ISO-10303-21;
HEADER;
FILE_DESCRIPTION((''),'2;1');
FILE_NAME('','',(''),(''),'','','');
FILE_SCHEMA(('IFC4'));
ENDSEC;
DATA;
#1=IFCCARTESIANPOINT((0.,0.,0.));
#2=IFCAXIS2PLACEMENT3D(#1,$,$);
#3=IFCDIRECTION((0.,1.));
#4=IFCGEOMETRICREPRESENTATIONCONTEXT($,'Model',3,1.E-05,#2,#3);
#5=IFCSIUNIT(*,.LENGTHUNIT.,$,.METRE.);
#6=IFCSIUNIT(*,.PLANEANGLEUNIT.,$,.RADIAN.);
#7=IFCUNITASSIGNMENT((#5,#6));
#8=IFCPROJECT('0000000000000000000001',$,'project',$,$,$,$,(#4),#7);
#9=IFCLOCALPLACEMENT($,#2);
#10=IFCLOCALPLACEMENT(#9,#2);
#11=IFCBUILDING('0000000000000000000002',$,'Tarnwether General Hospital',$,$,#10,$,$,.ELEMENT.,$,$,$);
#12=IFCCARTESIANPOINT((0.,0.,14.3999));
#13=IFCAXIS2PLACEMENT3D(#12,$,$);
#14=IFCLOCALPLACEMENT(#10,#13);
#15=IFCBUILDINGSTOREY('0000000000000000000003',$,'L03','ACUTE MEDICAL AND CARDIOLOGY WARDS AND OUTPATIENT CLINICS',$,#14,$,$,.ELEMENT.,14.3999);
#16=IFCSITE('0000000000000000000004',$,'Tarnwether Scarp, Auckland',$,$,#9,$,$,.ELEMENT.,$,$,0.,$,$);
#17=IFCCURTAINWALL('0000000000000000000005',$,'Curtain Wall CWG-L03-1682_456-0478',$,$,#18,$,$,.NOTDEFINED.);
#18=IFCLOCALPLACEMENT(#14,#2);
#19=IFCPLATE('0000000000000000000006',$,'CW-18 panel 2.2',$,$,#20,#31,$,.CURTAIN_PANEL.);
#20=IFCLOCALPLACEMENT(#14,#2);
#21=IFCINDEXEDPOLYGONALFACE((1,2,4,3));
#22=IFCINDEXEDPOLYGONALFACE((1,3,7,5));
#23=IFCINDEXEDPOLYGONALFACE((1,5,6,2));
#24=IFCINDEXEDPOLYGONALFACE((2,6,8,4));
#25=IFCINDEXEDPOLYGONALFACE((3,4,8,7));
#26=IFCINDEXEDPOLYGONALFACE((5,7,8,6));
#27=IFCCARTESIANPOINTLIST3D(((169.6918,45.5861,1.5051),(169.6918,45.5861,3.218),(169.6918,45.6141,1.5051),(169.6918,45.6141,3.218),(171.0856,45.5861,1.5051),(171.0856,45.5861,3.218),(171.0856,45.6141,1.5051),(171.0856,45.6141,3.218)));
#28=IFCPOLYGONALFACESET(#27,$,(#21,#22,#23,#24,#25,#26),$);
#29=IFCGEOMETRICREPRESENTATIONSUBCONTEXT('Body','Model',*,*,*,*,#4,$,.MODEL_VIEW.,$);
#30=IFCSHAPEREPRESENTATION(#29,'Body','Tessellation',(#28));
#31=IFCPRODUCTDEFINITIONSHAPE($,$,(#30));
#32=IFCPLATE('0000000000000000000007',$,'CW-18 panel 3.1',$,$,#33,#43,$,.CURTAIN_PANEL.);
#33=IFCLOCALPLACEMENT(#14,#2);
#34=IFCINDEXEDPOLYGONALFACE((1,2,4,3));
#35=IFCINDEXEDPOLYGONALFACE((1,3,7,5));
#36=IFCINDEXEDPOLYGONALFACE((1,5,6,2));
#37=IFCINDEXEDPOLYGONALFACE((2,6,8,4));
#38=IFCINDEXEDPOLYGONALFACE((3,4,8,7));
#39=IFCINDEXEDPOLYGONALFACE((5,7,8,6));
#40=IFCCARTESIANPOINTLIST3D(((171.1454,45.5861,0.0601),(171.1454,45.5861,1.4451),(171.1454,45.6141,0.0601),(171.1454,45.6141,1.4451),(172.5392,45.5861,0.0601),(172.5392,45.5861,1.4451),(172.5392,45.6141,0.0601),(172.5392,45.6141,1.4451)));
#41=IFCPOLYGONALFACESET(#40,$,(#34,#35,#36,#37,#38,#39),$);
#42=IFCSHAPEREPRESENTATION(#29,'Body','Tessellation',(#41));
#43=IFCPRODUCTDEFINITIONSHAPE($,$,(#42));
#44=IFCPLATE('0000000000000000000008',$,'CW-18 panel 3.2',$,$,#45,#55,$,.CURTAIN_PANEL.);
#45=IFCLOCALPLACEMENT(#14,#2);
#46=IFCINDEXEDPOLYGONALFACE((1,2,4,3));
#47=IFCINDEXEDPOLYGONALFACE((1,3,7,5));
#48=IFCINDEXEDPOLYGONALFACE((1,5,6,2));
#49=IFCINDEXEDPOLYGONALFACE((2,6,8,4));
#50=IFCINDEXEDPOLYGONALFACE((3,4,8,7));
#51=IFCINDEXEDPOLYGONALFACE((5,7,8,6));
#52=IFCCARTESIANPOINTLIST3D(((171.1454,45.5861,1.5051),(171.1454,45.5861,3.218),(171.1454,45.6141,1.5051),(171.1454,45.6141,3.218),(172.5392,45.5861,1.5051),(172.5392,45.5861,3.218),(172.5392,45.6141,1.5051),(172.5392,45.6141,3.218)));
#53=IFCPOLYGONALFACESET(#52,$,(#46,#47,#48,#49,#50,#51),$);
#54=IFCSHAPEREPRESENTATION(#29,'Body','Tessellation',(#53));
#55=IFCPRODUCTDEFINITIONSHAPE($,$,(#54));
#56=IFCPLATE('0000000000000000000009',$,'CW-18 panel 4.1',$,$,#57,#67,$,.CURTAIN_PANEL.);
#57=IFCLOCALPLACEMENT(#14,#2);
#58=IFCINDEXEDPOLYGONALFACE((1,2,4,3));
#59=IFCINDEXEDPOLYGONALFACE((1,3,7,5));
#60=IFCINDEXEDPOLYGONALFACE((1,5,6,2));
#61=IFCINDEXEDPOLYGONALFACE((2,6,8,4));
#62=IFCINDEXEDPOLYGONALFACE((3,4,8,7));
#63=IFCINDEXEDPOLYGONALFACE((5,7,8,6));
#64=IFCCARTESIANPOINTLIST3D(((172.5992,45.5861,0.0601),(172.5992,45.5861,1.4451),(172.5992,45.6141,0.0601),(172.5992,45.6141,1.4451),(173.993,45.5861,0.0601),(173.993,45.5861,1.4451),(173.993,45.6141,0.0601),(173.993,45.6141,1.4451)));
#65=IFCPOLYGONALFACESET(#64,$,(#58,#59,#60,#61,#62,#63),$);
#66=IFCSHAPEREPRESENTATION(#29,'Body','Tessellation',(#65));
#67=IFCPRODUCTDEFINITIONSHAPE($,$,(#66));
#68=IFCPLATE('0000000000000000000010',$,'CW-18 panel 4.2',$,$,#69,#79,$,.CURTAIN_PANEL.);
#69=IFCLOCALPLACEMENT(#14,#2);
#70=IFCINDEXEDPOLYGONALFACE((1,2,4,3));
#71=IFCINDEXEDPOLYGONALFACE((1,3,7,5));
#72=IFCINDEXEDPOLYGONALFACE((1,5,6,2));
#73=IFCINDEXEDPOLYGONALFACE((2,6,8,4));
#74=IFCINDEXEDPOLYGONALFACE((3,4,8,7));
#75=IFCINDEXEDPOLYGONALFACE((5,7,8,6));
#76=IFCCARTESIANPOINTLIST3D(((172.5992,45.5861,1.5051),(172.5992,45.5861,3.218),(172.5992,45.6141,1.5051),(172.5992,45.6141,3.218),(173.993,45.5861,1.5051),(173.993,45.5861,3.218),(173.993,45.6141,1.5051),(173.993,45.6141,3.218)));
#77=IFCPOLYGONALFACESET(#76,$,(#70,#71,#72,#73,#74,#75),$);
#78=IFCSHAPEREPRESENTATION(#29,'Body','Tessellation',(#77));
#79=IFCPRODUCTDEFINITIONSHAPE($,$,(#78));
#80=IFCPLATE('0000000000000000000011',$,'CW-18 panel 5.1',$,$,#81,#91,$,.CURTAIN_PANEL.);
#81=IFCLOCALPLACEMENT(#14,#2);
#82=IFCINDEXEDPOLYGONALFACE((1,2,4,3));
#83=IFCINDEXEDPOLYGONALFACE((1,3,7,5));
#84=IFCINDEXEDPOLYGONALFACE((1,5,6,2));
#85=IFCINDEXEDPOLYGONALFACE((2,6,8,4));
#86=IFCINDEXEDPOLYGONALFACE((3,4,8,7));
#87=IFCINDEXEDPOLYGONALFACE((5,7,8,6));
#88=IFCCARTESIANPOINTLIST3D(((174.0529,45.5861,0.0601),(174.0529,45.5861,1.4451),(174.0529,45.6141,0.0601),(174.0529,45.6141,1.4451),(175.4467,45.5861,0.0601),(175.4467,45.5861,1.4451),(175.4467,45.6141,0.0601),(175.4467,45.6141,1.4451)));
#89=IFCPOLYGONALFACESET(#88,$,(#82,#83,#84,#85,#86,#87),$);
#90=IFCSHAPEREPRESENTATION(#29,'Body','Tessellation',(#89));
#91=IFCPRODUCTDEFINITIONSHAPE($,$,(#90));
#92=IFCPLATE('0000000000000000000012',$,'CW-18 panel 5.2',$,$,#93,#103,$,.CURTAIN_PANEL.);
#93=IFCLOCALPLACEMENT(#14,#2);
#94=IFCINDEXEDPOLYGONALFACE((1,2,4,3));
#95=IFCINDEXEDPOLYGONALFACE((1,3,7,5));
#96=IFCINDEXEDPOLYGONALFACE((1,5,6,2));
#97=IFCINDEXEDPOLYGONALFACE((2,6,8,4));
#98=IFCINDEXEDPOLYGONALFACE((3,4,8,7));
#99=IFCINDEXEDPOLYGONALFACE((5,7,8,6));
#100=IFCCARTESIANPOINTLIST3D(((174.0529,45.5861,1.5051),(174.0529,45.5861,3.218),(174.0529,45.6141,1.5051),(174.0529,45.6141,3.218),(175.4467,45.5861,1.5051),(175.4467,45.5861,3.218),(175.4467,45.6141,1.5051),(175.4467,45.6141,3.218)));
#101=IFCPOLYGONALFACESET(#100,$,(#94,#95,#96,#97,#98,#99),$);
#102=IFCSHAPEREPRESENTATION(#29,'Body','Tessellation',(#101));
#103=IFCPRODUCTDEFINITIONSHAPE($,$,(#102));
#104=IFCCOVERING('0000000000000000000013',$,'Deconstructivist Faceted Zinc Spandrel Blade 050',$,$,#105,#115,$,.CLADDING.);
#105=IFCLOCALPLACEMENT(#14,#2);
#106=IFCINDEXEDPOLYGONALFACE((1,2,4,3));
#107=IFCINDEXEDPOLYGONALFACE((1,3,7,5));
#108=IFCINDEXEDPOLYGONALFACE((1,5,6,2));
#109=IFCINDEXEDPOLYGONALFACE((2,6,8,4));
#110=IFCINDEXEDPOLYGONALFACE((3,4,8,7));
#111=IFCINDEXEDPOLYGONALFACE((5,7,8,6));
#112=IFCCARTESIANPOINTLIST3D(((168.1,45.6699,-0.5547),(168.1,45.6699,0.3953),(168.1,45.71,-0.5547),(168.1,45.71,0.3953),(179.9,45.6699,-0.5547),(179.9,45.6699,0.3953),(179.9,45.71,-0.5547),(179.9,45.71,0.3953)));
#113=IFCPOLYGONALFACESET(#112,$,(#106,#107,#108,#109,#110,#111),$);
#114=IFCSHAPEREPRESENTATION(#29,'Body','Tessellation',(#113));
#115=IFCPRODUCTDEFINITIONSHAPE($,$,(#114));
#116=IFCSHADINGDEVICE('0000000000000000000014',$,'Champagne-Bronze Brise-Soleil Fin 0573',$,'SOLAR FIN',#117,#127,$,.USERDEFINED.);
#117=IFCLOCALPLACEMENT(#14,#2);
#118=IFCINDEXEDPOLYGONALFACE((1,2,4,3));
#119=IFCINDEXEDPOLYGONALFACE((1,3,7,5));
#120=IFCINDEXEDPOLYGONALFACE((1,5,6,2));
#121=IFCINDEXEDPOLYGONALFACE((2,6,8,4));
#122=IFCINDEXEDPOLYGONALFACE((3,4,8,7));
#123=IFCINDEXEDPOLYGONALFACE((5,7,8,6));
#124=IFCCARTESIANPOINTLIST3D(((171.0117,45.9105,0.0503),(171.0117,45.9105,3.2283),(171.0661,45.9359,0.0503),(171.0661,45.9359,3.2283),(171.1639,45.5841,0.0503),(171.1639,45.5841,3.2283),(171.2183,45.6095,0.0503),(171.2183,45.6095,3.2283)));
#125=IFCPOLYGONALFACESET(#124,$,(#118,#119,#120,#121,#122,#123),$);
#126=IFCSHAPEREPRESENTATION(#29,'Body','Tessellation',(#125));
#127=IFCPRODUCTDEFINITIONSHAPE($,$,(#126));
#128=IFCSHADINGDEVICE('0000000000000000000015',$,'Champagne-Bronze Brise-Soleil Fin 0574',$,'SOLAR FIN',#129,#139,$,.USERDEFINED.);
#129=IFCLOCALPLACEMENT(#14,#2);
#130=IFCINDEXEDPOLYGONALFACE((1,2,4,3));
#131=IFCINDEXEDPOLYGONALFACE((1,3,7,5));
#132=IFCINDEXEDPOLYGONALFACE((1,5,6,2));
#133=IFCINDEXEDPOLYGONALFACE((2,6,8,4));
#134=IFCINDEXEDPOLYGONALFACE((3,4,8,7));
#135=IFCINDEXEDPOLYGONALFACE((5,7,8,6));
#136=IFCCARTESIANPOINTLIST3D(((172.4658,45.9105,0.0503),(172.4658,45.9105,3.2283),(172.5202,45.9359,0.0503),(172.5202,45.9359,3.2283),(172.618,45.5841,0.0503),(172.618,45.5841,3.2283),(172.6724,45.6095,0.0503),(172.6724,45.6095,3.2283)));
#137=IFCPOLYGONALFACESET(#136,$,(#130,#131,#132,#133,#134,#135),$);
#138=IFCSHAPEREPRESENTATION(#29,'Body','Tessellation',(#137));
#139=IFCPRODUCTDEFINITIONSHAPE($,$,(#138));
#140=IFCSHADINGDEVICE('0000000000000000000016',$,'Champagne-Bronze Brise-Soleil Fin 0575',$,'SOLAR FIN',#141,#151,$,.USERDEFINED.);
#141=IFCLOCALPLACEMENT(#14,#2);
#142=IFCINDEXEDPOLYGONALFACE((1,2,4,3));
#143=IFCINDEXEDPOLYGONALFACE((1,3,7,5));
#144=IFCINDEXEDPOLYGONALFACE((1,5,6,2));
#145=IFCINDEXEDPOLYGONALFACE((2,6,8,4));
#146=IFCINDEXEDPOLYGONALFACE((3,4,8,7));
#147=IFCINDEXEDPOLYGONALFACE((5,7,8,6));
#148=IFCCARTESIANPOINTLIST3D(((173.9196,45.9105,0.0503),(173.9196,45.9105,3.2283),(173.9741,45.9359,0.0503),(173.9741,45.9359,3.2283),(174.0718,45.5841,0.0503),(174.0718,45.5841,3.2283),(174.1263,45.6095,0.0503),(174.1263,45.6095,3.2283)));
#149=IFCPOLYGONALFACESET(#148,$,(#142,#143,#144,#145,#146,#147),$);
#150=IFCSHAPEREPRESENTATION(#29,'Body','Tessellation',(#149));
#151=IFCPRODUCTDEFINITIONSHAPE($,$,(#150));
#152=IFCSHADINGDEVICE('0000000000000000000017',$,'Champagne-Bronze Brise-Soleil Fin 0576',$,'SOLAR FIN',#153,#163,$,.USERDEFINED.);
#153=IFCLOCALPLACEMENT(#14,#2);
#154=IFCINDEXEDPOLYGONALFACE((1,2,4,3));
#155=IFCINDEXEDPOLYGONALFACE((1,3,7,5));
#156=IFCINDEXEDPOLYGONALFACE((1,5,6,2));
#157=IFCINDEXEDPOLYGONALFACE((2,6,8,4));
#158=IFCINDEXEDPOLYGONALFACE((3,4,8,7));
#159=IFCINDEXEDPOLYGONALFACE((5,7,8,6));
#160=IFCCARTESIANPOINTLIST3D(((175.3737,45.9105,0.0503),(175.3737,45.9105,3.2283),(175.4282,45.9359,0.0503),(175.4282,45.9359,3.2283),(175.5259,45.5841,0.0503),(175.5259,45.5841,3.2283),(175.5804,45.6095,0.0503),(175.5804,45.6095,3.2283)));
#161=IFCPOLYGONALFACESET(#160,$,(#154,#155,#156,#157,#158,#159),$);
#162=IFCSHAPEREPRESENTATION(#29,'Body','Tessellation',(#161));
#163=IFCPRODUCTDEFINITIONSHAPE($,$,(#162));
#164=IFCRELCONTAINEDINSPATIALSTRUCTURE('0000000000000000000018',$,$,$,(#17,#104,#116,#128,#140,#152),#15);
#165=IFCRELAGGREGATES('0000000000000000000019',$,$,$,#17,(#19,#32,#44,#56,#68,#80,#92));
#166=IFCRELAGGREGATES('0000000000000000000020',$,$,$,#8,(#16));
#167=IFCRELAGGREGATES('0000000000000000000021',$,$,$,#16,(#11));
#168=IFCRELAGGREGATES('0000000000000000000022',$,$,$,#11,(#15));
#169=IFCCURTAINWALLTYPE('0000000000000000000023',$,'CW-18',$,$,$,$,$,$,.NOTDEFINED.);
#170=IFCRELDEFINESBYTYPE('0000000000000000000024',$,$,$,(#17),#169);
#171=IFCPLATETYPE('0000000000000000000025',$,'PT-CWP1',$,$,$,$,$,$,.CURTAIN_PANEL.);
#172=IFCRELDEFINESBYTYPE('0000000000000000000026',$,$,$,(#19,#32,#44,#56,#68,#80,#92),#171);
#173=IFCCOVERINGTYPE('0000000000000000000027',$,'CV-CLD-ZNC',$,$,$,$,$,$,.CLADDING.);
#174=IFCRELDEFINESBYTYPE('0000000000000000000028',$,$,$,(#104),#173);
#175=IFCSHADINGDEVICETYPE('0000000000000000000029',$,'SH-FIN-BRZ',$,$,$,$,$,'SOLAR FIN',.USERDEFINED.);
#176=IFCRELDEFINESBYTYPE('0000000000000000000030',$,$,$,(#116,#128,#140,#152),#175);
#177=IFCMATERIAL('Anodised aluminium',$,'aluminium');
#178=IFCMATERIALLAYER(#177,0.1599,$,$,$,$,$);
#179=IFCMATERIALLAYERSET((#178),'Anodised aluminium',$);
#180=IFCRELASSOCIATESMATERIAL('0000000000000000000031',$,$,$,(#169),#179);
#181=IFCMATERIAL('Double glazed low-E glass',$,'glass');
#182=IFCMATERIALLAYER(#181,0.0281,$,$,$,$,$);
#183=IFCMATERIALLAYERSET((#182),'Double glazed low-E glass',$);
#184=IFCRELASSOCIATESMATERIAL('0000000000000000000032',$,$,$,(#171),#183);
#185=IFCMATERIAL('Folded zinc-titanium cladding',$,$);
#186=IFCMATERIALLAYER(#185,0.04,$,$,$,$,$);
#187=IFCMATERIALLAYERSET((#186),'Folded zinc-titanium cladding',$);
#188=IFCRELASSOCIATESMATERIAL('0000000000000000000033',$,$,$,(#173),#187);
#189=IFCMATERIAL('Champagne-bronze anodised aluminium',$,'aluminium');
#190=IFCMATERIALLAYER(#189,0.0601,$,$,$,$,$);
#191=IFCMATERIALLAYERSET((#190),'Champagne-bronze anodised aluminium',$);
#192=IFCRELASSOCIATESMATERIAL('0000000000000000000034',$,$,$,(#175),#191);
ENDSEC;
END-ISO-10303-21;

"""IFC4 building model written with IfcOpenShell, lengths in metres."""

from ifc_helpers import new_model, si_unit, direction, frame, origin, origin_2d, place, context, subcontext, project, spatial, rectangle, extrude, material, layer, layer_set, type_object, element, aggregate, save


model = new_model("IFC4")

# Units and contexts
model_context = context("Model", 3, precision=1e-05, world=origin(), true_north=direction((0.0, 1.0)))
body_context = subcontext(model_context, "Body", "Model", "MODEL_VIEW")
ifc_project = project(units=[si_unit("LENGTHUNIT", "METRE"), si_unit("PLANEANGLEUNIT", "RADIAN")], contexts=[model_context])

# Site, building, storey
site_placement = place(None, origin())
site = spatial("IfcSite", under=ifc_project, at=site_placement, Name="Tarnwether Scarp, Auckland", CompositionType="ELEMENT", RefElevation=0.0)
building_placement = place(site_placement, origin())
building = spatial("IfcBuilding", under=site, at=building_placement, Name="Tarnwether General Hospital", CompositionType="ELEMENT")
storey_placement = place(building_placement, frame((0.0, 0.0, 14.3999)))
storey = spatial("IfcBuildingStorey", under=building, at=storey_placement, Name="L03", Description="ACUTE MEDICAL AND CARDIOLOGY WARDS AND OUTPATIENT CLINICS", CompositionType="ELEMENT", Elevation=14.3999)

# Curtain wall, plates
ifc_material_1 = material(Name="Anodised aluminium", Category="aluminium")
ifc_layer_1 = layer(ifc_material_1, 0.1599)
ifc_layer_set_1 = layer_set([ifc_layer_1], Name="Anodised aluminium")
curtain_wall_type = type_object("IfcCurtainWallType", Name="CW-18", PredefinedType="NOTDEFINED", material=ifc_layer_set_1)
curtain_wall_placement = place(storey_placement, origin())
curtain_wall = element("IfcCurtainWall", 1, at=curtain_wall_placement, inside=storey, type_object=curtain_wall_type, Name="Curtain Wall CWG-L03-1682_456-0478", PredefinedType="NOTDEFINED")
ifc_material_2 = material(Name="Double glazed low-E glass", Category="glass")
ifc_layer_2 = layer(ifc_material_2, 0.0281)
ifc_layer_set_2 = layer_set([ifc_layer_2], Name="Double glazed low-E glass")
plate_type = type_object("IfcPlateType", Name="PT-CWP1", PredefinedType="CURTAIN_PANEL", material=ifc_layer_set_2)
plate_1_placement = place(storey_placement, frame((170.3887, 45.6001, 1.5051), z_axis=(0.0, 0.0, 1.0), x_axis=(1.0, 0.0, 0.0)))
plate_1 = element("IfcPlate", 2, at=plate_1_placement, type_object=plate_type, Name="CW-18 panel 2.2", PredefinedType="CURTAIN_PANEL", context=body_context, shape_type="SweptSolid", body=[
    extrude(rectangle(XDim=1.3938, YDim=0.0281, at=origin_2d()), origin(), (0.0, 0.0, 1.0), 1.7129),
])
plate_2_placement = place(storey_placement, frame((171.8423, 45.6001, 0.0601), z_axis=(0.0, 0.0, 1.0), x_axis=(1.0, 0.0, 0.0)))
plate_2 = element("IfcPlate", 3, at=plate_2_placement, type_object=plate_type, Name="CW-18 panel 3.1", PredefinedType="CURTAIN_PANEL", context=body_context, shape_type="SweptSolid", body=[
    extrude(rectangle(XDim=1.3938, YDim=0.0281, at=origin_2d()), origin(), (0.0, 0.0, 1.0), 1.385),
])
plate_3_placement = place(storey_placement, frame((171.8423, 45.6001, 1.5051), z_axis=(0.0, 0.0, 1.0), x_axis=(1.0, 0.0, 0.0)))
plate_3 = element("IfcPlate", 4, at=plate_3_placement, type_object=plate_type, Name="CW-18 panel 3.2", PredefinedType="CURTAIN_PANEL", context=body_context, shape_type="SweptSolid", body=[
    extrude(rectangle(XDim=1.3938, YDim=0.0281, at=origin_2d()), origin(), (0.0, 0.0, 1.0), 1.7129),
])
plate_4_placement = place(storey_placement, frame((173.2961, 45.6001, 0.0601), z_axis=(0.0, 0.0, 1.0), x_axis=(1.0, 0.0, 0.0)))
plate_4 = element("IfcPlate", 5, at=plate_4_placement, type_object=plate_type, Name="CW-18 panel 4.1", PredefinedType="CURTAIN_PANEL", context=body_context, shape_type="SweptSolid", body=[
    extrude(rectangle(XDim=1.3938, YDim=0.0281, at=origin_2d()), origin(), (0.0, 0.0, 1.0), 1.385),
])
plate_5_placement = place(storey_placement, frame((173.2961, 45.6001, 1.5051), z_axis=(0.0, 0.0, 1.0), x_axis=(1.0, 0.0, 0.0)))
plate_5 = element("IfcPlate", 6, at=plate_5_placement, type_object=plate_type, Name="CW-18 panel 4.2", PredefinedType="CURTAIN_PANEL", context=body_context, shape_type="SweptSolid", body=[
    extrude(rectangle(XDim=1.3938, YDim=0.0281, at=origin_2d()), origin(), (0.0, 0.0, 1.0), 1.7129),
])
plate_6_placement = place(storey_placement, frame((174.7498, 45.6001, 0.0601), z_axis=(0.0, 0.0, 1.0), x_axis=(1.0, 0.0, 0.0)))
plate_6 = element("IfcPlate", 7, at=plate_6_placement, type_object=plate_type, Name="CW-18 panel 5.1", PredefinedType="CURTAIN_PANEL", context=body_context, shape_type="SweptSolid", body=[
    extrude(rectangle(XDim=1.3938, YDim=0.0281, at=origin_2d()), origin(), (0.0, 0.0, 1.0), 1.385),
])
plate_7_placement = place(storey_placement, frame((174.7498, 45.6001, 1.5051), z_axis=(0.0, 0.0, 1.0), x_axis=(1.0, 0.0, 0.0)))
plate_7 = element("IfcPlate", 8, at=plate_7_placement, type_object=plate_type, Name="CW-18 panel 5.2", PredefinedType="CURTAIN_PANEL", context=body_context, shape_type="SweptSolid", body=[
    extrude(rectangle(XDim=1.3938, YDim=0.0281, at=origin_2d()), origin(), (0.0, 0.0, 1.0), 1.7129),
])
aggregate(curtain_wall, [plate_1, plate_2, plate_3, plate_4, plate_5, plate_6, plate_7])

# Covering
ifc_material_3 = material(Name="Folded zinc-titanium cladding")
ifc_layer_3 = layer(ifc_material_3, 0.04)
ifc_layer_set_3 = layer_set([ifc_layer_3], Name="Folded zinc-titanium cladding")
covering_type = type_object("IfcCoveringType", Name="CV-CLD-ZNC", PredefinedType="CLADDING", material=ifc_layer_set_3)
covering_placement = place(storey_placement, frame((174.0, 45.6899, -0.5547), z_axis=(0.0, 0.0, 1.0), x_axis=(1.0, 0.0, 0.0)))
element("IfcCovering", 9, at=covering_placement, inside=storey, type_object=covering_type, Name="Deconstructivist Faceted Zinc Spandrel Blade 050", PredefinedType="CLADDING", context=body_context, shape_type="SweptSolid", body=[
    extrude(rectangle(XDim=11.8, YDim=0.04, at=origin_2d()), origin(), (0.0, 0.0, 1.0), 0.95),
])

# Shading devices
ifc_material_4 = material(Name="Champagne-bronze anodised aluminium", Category="aluminium")
ifc_layer_4 = layer(ifc_material_4, 0.0601)
ifc_layer_set_4 = layer_set([ifc_layer_4], Name="Champagne-bronze anodised aluminium")
shading_device_type = type_object("IfcShadingDeviceType", Name="SH-FIN-BRZ", ElementType="SOLAR FIN", PredefinedType="USERDEFINED", material=ifc_layer_set_4)
for number, where, z_axis, x_axis, name in (
    (10, (171.115, 45.76, 0.0503), (0.0, 0.0, 1.0), (0.906308, 0.422618, 0.0), "Champagne-Bronze Brise-Soleil Fin 0573"),
    (11, (172.5691, 45.76, 0.0503), (0.0, 0.0, 1.0), (0.906308, 0.422618, 0.0), "Champagne-Bronze Brise-Soleil Fin 0574"),
    (12, (174.0229, 45.76, 0.0503), (0.0, 0.0, 1.0), (0.906308, 0.422618, 0.0), "Champagne-Bronze Brise-Soleil Fin 0575"),
    (13, (175.4771, 45.76, 0.0503), (0.0, 0.0, 1.0), (0.906308, 0.422618, 0.0), "Champagne-Bronze Brise-Soleil Fin 0576"),
):
    element("IfcShadingDevice", number, at=place(storey_placement, frame(where, z_axis=z_axis, x_axis=x_axis)), inside=storey, type_object=shading_device_type, Name=name, ObjectType="SOLAR FIN", PredefinedType="USERDEFINED", context=body_context, shape_type="SweptSolid", body=[
        extrude(rectangle(XDim=0.0601, YDim=0.3601, at=origin_2d()), origin(), (0.0, 0.0, 1.0), 3.178),
    ])

save(model, "model.ifc")
